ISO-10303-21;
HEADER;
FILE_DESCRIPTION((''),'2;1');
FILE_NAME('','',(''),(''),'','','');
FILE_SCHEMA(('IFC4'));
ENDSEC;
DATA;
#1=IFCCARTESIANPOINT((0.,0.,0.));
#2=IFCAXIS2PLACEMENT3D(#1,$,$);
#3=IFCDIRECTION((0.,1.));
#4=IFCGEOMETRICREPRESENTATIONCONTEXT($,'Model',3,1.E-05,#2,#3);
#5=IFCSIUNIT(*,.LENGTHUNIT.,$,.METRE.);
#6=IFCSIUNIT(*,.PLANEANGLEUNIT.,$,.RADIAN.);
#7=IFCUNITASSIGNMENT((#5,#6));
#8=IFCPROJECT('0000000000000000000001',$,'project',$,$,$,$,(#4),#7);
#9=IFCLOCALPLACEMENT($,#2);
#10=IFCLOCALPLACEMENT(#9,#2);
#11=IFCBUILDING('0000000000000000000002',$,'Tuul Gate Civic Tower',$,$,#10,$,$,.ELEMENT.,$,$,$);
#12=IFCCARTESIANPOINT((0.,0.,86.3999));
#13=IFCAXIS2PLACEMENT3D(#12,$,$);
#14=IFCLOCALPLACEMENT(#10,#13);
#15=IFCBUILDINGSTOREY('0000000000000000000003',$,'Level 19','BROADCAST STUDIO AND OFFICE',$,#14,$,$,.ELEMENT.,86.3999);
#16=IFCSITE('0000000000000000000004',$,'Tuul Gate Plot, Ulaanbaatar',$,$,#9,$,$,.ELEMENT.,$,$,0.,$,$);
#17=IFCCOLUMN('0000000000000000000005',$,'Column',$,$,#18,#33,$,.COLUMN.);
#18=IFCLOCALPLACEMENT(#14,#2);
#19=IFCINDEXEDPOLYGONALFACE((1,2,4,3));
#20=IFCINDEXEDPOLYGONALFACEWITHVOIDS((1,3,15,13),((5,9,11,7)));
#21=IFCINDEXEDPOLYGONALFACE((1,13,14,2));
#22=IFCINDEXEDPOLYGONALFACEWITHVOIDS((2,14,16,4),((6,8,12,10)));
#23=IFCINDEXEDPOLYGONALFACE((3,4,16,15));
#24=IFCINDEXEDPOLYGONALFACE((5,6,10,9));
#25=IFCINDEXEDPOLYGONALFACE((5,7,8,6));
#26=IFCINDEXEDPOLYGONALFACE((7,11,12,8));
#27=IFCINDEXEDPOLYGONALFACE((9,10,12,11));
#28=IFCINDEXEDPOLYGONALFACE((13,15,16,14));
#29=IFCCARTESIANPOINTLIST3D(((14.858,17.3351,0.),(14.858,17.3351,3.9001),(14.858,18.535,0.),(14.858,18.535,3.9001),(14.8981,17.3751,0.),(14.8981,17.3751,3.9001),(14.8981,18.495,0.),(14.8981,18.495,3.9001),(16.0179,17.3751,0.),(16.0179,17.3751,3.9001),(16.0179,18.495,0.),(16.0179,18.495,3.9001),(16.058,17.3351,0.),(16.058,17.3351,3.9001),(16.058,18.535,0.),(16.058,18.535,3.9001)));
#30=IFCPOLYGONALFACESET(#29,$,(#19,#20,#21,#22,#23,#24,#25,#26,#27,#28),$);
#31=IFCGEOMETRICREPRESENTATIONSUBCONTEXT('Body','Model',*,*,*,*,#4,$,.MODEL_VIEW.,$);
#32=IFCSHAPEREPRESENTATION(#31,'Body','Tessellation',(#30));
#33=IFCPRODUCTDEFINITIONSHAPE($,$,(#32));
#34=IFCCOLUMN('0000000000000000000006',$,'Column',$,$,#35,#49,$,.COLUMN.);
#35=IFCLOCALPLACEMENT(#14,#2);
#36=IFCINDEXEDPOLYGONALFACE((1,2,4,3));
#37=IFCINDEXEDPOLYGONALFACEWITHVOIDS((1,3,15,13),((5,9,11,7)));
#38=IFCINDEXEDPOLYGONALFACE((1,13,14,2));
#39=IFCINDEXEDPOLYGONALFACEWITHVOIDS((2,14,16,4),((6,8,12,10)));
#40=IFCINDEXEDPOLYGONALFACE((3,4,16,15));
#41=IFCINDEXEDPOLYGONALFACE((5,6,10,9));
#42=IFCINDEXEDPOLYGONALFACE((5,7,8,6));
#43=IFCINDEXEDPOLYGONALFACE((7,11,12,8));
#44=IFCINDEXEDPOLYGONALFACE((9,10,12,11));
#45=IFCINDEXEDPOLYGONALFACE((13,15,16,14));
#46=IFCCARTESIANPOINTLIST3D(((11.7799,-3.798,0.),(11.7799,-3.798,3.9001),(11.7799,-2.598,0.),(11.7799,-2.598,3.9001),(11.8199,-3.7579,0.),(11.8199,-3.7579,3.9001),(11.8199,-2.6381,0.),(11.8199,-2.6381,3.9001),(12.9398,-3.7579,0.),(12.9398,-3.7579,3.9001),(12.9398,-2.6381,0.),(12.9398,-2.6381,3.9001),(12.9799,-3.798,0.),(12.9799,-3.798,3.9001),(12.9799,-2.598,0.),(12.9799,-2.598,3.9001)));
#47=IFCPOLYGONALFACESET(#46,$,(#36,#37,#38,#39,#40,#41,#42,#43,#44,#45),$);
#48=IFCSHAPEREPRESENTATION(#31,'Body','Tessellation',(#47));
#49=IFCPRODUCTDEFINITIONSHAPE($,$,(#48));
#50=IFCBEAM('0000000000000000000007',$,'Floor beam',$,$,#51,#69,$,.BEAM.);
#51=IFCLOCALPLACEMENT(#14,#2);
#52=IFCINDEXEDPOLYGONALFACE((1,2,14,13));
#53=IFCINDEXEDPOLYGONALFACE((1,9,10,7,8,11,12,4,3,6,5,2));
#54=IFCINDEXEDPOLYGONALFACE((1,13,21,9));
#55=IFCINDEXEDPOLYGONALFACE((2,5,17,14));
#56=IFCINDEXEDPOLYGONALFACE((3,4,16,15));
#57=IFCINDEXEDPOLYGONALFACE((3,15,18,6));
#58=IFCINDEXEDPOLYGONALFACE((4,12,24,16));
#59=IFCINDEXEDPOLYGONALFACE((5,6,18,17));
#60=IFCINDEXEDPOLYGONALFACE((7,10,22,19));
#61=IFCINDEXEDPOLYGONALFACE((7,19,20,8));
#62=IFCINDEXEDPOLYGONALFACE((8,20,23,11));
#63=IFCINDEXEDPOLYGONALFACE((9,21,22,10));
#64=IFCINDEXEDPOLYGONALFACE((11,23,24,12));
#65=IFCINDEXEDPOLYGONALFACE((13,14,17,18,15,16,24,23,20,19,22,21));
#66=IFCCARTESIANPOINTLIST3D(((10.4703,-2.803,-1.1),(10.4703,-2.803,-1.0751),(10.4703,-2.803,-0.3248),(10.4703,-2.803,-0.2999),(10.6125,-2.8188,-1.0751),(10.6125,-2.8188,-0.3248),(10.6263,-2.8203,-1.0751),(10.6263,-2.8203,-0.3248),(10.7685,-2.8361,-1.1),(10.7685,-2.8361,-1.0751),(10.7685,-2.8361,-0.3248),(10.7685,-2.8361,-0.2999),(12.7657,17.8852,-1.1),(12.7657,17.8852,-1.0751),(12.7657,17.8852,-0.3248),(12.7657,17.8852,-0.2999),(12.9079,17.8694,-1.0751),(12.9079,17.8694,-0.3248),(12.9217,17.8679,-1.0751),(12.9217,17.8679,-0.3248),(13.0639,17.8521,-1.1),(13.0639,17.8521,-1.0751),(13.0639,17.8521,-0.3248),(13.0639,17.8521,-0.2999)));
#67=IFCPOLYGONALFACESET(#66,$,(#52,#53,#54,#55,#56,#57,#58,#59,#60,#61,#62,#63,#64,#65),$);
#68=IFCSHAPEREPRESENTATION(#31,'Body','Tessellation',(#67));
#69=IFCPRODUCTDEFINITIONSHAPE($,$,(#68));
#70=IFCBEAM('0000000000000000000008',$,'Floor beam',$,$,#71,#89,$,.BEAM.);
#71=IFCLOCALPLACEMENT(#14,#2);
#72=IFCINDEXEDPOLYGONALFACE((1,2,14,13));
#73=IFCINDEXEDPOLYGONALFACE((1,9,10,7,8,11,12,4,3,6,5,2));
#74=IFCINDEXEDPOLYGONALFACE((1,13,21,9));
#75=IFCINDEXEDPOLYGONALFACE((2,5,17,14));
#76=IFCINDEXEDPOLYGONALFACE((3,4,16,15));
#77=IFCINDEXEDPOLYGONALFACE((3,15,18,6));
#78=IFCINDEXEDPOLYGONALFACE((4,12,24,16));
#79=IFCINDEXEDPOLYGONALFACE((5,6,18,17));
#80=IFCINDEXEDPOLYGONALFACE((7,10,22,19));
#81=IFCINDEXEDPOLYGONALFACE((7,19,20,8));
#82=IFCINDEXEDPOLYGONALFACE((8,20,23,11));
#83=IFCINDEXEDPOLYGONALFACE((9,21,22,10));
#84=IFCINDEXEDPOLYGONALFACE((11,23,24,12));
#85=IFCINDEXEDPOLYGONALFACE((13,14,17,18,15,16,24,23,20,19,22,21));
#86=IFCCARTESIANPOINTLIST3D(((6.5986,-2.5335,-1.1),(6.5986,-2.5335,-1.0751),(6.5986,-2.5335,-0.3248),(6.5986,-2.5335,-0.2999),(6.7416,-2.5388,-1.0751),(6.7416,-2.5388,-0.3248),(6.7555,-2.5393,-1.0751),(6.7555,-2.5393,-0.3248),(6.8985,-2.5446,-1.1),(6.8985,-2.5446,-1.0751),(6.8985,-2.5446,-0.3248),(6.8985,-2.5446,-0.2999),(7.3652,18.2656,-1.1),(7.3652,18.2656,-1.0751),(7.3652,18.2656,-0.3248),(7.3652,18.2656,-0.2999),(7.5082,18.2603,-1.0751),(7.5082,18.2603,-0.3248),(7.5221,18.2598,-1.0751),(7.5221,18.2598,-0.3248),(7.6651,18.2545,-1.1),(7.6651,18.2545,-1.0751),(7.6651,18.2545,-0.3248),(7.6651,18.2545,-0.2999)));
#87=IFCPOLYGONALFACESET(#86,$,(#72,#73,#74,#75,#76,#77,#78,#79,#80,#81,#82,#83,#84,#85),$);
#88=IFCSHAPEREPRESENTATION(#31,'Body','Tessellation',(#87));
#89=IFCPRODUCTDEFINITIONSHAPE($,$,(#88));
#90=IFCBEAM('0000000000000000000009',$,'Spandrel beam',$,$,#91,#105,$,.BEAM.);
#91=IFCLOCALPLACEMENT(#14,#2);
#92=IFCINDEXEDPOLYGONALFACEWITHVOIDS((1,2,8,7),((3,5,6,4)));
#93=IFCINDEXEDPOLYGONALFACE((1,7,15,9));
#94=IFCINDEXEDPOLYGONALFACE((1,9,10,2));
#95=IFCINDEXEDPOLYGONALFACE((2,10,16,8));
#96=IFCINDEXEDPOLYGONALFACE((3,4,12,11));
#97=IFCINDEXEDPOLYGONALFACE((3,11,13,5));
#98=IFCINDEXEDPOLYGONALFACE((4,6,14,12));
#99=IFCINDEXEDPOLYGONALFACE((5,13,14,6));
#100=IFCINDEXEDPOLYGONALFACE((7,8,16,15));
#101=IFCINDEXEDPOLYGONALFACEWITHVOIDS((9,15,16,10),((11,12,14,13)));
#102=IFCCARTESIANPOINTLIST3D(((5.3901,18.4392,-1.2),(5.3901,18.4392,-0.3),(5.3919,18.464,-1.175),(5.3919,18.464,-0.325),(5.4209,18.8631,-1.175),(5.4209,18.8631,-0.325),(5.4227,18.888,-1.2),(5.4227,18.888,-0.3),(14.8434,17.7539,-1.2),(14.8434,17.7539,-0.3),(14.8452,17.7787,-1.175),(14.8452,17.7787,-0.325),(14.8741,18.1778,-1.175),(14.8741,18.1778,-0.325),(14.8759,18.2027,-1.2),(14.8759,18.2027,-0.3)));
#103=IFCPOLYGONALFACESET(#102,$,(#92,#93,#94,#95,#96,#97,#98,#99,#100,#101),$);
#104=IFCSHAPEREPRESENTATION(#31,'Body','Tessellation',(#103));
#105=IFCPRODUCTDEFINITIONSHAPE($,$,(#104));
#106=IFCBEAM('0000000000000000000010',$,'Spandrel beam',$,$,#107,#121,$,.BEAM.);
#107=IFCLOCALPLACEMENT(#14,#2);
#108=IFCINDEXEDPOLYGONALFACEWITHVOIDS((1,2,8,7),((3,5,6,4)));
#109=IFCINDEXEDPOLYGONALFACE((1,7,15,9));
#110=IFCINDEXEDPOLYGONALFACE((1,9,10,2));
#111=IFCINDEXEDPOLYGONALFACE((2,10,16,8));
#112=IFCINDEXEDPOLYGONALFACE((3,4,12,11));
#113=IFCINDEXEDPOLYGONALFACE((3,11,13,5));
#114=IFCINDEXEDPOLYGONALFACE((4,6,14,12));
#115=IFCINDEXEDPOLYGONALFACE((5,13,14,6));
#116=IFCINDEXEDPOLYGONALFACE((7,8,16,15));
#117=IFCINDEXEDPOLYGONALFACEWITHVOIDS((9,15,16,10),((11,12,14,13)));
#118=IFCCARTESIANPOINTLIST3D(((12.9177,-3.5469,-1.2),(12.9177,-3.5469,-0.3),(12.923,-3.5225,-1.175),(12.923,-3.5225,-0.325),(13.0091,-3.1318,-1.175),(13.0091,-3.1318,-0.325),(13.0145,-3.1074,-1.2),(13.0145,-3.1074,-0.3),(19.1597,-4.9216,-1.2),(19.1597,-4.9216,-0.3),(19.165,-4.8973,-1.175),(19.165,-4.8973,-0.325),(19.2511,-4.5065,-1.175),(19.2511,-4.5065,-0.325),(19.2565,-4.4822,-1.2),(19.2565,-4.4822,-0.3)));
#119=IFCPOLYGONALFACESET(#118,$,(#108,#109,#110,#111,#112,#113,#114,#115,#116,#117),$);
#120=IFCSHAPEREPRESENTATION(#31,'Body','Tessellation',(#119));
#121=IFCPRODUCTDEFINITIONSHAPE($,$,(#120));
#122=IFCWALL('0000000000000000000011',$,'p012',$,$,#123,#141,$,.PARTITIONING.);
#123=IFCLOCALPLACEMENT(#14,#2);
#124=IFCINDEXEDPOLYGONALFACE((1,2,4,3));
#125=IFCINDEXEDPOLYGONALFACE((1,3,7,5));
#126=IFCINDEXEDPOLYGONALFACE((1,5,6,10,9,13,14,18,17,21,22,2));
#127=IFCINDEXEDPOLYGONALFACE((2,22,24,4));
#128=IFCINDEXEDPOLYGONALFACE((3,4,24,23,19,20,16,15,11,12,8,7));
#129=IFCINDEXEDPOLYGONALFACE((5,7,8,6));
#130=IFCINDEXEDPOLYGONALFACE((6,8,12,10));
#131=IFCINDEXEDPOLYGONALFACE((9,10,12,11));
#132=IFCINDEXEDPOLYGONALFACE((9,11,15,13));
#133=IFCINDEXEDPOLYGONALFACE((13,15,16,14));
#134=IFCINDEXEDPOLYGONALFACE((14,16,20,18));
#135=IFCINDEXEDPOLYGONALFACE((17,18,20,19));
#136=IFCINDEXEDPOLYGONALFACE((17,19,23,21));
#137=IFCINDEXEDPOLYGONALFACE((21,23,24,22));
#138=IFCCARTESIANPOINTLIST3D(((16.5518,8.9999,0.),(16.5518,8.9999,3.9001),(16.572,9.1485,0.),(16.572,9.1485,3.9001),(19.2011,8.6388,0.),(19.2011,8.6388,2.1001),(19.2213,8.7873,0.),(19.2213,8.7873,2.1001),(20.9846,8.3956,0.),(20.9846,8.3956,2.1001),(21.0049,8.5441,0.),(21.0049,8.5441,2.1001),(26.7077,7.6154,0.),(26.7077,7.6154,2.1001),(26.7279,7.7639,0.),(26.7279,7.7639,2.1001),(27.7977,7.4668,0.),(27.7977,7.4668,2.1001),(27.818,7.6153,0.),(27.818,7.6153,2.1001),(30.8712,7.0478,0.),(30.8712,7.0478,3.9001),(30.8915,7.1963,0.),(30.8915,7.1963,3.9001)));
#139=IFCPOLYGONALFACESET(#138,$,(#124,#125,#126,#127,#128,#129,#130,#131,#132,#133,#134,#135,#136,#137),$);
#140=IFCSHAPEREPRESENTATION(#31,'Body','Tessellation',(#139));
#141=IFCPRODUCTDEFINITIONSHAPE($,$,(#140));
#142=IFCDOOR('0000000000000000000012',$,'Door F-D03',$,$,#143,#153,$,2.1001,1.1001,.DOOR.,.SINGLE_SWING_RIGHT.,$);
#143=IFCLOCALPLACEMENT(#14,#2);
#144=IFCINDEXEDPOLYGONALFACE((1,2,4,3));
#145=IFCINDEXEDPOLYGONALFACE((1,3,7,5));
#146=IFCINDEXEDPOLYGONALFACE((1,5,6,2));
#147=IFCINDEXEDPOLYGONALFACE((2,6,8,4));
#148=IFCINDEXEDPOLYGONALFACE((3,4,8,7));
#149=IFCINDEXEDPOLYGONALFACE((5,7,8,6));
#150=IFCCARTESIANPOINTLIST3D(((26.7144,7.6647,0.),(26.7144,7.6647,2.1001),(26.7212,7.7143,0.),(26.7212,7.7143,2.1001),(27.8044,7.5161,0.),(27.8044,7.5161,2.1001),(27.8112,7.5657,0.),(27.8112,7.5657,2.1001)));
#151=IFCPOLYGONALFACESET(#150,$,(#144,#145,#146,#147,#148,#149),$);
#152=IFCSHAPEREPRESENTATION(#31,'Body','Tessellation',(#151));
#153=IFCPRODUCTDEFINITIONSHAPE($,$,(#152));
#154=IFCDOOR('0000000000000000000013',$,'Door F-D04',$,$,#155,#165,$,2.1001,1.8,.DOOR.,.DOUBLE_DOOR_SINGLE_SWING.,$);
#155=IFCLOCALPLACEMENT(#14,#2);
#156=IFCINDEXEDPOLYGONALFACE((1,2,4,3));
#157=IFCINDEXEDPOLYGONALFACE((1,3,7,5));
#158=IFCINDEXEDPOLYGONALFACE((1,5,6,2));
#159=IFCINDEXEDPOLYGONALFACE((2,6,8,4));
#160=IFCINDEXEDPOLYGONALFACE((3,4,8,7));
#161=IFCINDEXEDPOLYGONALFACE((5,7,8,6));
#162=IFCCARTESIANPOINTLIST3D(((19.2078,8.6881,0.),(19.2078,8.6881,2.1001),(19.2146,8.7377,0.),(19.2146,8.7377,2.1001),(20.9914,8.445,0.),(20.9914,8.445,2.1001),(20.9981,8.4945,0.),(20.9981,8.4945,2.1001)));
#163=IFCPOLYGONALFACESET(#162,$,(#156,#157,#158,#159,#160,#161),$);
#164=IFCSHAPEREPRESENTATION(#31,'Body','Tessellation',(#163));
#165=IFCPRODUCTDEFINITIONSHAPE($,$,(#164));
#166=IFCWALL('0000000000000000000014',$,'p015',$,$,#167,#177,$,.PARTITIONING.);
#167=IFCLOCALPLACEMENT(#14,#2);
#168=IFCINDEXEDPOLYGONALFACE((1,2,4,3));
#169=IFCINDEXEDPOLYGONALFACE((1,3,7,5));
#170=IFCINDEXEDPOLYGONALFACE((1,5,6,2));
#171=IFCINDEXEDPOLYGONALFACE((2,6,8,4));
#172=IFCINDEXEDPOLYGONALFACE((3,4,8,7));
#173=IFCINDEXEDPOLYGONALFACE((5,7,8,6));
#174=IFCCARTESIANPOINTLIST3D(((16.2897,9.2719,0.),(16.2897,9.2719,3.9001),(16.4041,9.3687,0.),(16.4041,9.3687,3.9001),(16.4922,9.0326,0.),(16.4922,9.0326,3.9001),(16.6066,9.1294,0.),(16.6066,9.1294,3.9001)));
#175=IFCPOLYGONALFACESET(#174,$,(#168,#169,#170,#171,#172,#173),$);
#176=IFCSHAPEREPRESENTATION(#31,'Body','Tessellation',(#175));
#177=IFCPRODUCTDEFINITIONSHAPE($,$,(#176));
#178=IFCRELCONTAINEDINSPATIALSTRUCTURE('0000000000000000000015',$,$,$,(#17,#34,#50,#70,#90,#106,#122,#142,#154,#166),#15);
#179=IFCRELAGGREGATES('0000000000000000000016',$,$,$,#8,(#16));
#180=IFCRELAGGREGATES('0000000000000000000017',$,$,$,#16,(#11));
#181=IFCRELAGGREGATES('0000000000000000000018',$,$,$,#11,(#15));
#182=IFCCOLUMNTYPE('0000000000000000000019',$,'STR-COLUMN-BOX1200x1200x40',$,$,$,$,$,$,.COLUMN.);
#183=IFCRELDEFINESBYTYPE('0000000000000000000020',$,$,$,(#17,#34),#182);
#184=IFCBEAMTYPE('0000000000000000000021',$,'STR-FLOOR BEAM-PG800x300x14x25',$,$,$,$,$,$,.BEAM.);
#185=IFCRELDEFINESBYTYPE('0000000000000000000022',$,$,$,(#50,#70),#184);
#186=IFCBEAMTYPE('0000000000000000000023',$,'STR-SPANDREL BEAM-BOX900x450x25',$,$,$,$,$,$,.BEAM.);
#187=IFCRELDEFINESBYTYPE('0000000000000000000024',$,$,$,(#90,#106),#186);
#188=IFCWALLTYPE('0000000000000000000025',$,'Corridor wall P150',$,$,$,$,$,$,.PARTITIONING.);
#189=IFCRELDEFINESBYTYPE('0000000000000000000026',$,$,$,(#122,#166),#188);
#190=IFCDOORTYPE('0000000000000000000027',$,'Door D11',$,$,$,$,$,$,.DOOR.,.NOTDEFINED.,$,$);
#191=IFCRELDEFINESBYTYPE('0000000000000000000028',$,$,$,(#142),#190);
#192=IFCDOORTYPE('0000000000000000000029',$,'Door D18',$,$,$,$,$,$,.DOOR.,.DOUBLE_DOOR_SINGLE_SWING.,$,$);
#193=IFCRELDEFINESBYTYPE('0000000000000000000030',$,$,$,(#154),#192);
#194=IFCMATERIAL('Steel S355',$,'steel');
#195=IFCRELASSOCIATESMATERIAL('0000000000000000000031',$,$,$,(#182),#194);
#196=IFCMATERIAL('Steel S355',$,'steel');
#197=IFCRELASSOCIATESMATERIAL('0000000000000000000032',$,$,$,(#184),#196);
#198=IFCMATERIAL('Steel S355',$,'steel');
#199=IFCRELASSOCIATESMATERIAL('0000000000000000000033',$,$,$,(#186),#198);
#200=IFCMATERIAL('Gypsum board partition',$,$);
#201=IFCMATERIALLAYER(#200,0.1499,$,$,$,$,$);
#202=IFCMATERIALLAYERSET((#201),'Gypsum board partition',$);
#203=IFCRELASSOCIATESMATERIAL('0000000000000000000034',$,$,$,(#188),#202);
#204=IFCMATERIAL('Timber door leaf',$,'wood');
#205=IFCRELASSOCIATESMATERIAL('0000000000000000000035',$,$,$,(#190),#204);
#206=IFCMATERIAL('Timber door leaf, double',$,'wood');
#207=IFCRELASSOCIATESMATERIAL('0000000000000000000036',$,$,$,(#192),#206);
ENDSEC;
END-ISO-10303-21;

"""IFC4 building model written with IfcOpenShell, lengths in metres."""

from ifc_helpers import new_model, si_unit, direction, frame, frame_2d, origin, origin_2d, place, context, subcontext, project, spatial, rectangle, hollow_rectangle, i_section, extrude, material, layer, layer_set, material_profile, profile_set, type_object, element, fill, save


model = new_model("IFC4")

# Units and contexts
model_context = context("Model", 3, precision=1e-05, world=origin(), true_north=direction((0.0, 1.0)))
body_context = subcontext(model_context, "Body", "Model", "MODEL_VIEW")
ifc_project = project(units=[si_unit("LENGTHUNIT", "METRE"), si_unit("PLANEANGLEUNIT", "RADIAN")], contexts=[model_context])

# Site, building, storey
site_placement = place(None, origin())
site = spatial("IfcSite", under=ifc_project, at=site_placement, Name="Tuul Gate Plot, Ulaanbaatar", CompositionType="ELEMENT", RefElevation=0.0)
building_placement = place(site_placement, origin())
building = spatial("IfcBuilding", under=site, at=building_placement, Name="Tuul Gate Civic Tower", CompositionType="ELEMENT")
storey_placement = place(building_placement, frame((0.0, 0.0, 86.3999)))
storey = spatial("IfcBuildingStorey", under=building, at=storey_placement, Name="Level 19", Description="BROADCAST STUDIO AND OFFICE", CompositionType="ELEMENT", Elevation=86.3999)

# Columns
ifc_material_1 = material(Name="Steel S355", Category="steel")
ifc_material_profile_1 = material_profile(ifc_material_1, hollow_rectangle(XDim=1.2, YDim=1.2, WallThickness=0.04, at=origin_2d()), Name="BOX1200x1200x40")
ifc_profile_set_1 = profile_set([ifc_material_profile_1], Name="Steel S355")
column_type = type_object("IfcColumnType", Name="STR-COLUMN-BOX1200x1200x40", PredefinedType="COLUMN", material=ifc_profile_set_1)
for number, where, z_axis, x_axis, name in (
    (1, (15.458, 17.9351, 0.0), (0.0, 0.0, 1.0), (1.0, 0.0, 0.0), "Column"),
    (2, (12.3799, -3.198, 0.0), (0.0, 0.0, 1.0), (1.0, 0.0, 0.0), "Column"),
):
    element("IfcColumn", number, at=place(storey_placement, frame(where, z_axis=z_axis, x_axis=x_axis)), inside=storey, type_object=column_type, Name=name, PredefinedType="COLUMN", context=body_context, shape_type="SweptSolid", body=[
        extrude(hollow_rectangle(XDim=1.2, YDim=1.2, WallThickness=0.04, at=origin_2d()), origin(), (0.0, 0.0, 1.0), 3.9001),
    ])

# Beams
ifc_material_2 = material(Name="Steel S355", Category="steel")
ifc_material_profile_2 = material_profile(ifc_material_2, i_section(OverallWidth=0.3, OverallDepth=0.8, WebThickness=0.0139, FlangeThickness=0.0249, at=origin_2d()), Name="PG800x300x14x25")
ifc_profile_set_2 = profile_set([ifc_material_profile_2], Name="Steel S355")
beam_type_1 = type_object("IfcBeamType", Name="STR-FLOOR BEAM-PG800x300x14x25", PredefinedType="BEAM", material=ifc_profile_set_2)
beam_1_placement = place(storey_placement, frame((10.6194, -2.8196, -0.7), z_axis=(0.110276, 0.993901, 0.0), x_axis=(-0.993901, 0.110276, 0.0)))
element("IfcBeam", 3, at=beam_1_placement, inside=storey, type_object=beam_type_1, Name="Floor beam", PredefinedType="BEAM", context=body_context, shape_type="SweptSolid", body=[
    extrude(i_section(OverallWidth=0.3, OverallDepth=0.8, WebThickness=0.0139, FlangeThickness=0.0249, at=origin_2d()), origin(), (0.0, 0.0, 1.0), 20.8152),
])
beam_2_placement = place(storey_placement, frame((6.7485, -2.5391, -0.7), z_axis=(0.036832, 0.999321, 0.0), x_axis=(-0.999321, 0.036832, 0.0)))
element("IfcBeam", 4, at=beam_2_placement, inside=storey, type_object=beam_type_1, Name="Floor beam", PredefinedType="BEAM", context=body_context, shape_type="SweptSolid", body=[
    extrude(i_section(OverallWidth=0.3, OverallDepth=0.8, WebThickness=0.0139, FlangeThickness=0.0249, at=origin_2d()), origin(), (0.0, 0.0, 1.0), 20.8132),
])
ifc_material_3 = material(Name="Steel S355", Category="steel")
ifc_material_profile_3 = material_profile(ifc_material_3, hollow_rectangle(XDim=0.45, YDim=0.8999, WallThickness=0.0249, at=origin_2d()), Name="BOX900x450x25")
ifc_profile_set_3 = profile_set([ifc_material_profile_3], Name="Steel S355")
beam_type_2 = type_object("IfcBeamType", Name="STR-SPANDREL BEAM-BOX900x450x25", PredefinedType="BEAM", material=ifc_profile_set_3)
beam_3_placement = place(storey_placement, frame((14.8596, 17.9783, -0.75), z_axis=(-0.997383, 0.072305, 0.0), x_axis=(-0.072305, -0.997383, 0.0)))
element("IfcBeam", 5, at=beam_3_placement, inside=storey, type_object=beam_type_2, Name="Spandrel beam", PredefinedType="BEAM", context=body_context, shape_type="SweptSolid", body=[
    extrude(hollow_rectangle(XDim=0.45, YDim=0.8999, WallThickness=0.0249, at=origin_2d()), origin(), (0.0, 0.0, 1.0), 9.478),
])
beam_4_placement = place(storey_placement, frame((12.9661, -3.3271, -0.75), z_axis=(0.976594, -0.21509, 0.0), x_axis=(0.21509, 0.976594, 0.0)))
element("IfcBeam", 6, at=beam_4_placement, inside=storey, type_object=beam_type_2, Name="Spandrel beam", PredefinedType="BEAM", context=body_context, shape_type="SweptSolid", body=[
    extrude(hollow_rectangle(XDim=0.45, YDim=0.8999, WallThickness=0.0249, at=origin_2d()), origin(), (0.0, 0.0, 1.0), 6.3916),
])

# Wall, openings, doors
ifc_material_4 = material(Name="Gypsum board partition")
ifc_layer_1 = layer(ifc_material_4, 0.1499)
ifc_layer_set_1 = layer_set([ifc_layer_1], Name="Gypsum board partition")
wall_type_1 = type_object("IfcWallType", Name="Corridor wall P150", PredefinedType="PARTITIONING", material=ifc_layer_set_1)
wall_1_placement = place(storey_placement, frame((16.5618, 9.0742, 0.0), z_axis=(0.0, 0.0, 1.0), x_axis=(0.990835, -0.13508, 0.0)))
wall_1 = element("IfcWall", 7, at=wall_1_placement, inside=storey, type_object=wall_type_1, Name="p012", PredefinedType="PARTITIONING", context=body_context, shape_type="SweptSolid", body=[
    extrude(rectangle(XDim=14.4519, YDim=0.1499, at=frame_2d((7.2261, 0.0))), origin(), (0.0, 0.0, 1.0), 3.9001),
])
opening_1_placement = place(wall_1_placement, frame((10.25, 0.0, 0.0)))
opening_1 = element("IfcOpeningElement", 8, at=opening_1_placement, cuts=wall_1, PredefinedType="OPENING", context=body_context, shape_type="SweptSolid", body=[
    extrude(rectangle(XDim=1.1001, YDim=2.1001, at=frame_2d((0.55, 1.05))), frame((0.0, 0.085, 0.0), z_axis=(0.0, -1.0, 0.0), x_axis=(1.0, 0.0, 0.0)), (0.0, 0.0, 1.0), 0.1699),
])
opening_2_placement = place(wall_1_placement, frame((2.6741, 0.0, 0.0)))
opening_2 = element("IfcOpeningElement", 9, at=opening_2_placement, cuts=wall_1, PredefinedType="OPENING", context=body_context, shape_type="SweptSolid", body=[
    extrude(rectangle(XDim=1.8, YDim=2.1001, at=frame_2d((0.8999, 1.05))), frame((0.0, 0.085, 0.0), z_axis=(0.0, -1.0, 0.0), x_axis=(1.0, 0.0, 0.0)), (0.0, 0.0, 1.0), 0.1699),
])
ifc_material_5 = material(Name="Timber door leaf", Category="wood")
door_type_1 = type_object("IfcDoorType", Name="Door D11", OperationType="NOTDEFINED", PredefinedType="DOOR", material=ifc_material_5)
door_1_placement = place(opening_1_placement, origin())
door_1 = element("IfcDoor", 10, at=door_1_placement, inside=storey, type_object=door_type_1, Name="Door F-D03", OperationType="SINGLE_SWING_RIGHT", OverallHeight=2.1001, OverallWidth=1.1001, PredefinedType="DOOR", context=body_context, shape_type="SweptSolid", body=[
    extrude(rectangle(XDim=1.1001, YDim=2.1001, at=frame_2d((0.55, 1.05))), frame((0.0, 0.0249, 0.0), z_axis=(0.0, -1.0, 0.0), x_axis=(1.0, 0.0, 0.0)), (0.0, 0.0, 1.0), 0.05),
])
fill(opening_1, door_1)
ifc_material_6 = material(Name="Timber door leaf, double", Category="wood")
door_type_2 = type_object("IfcDoorType", Name="Door D18", OperationType="DOUBLE_DOOR_SINGLE_SWING", PredefinedType="DOOR", material=ifc_material_6)
door_2_placement = place(opening_2_placement, origin())
door_2 = element("IfcDoor", 11, at=door_2_placement, inside=storey, type_object=door_type_2, Name="Door F-D04", OperationType="DOUBLE_DOOR_SINGLE_SWING", OverallHeight=2.1001, OverallWidth=1.8, PredefinedType="DOOR", context=body_context, shape_type="SweptSolid", body=[
    extrude(rectangle(XDim=1.8, YDim=2.1001, at=frame_2d((0.8999, 1.05))), frame((0.0, 0.0249, 0.0), z_axis=(0.0, -1.0, 0.0), x_axis=(1.0, 0.0, 0.0)), (0.0, 0.0, 1.0), 0.05),
])
fill(opening_2, door_2)

# Wall
wall_2_placement = place(storey_placement, frame((16.3469, 9.3203, 0.0), z_axis=(0.0, 0.0, 1.0), x_axis=(0.645837, -0.763475, 0.0)))
element("IfcWall", 12, at=wall_2_placement, inside=storey, type_object=wall_type_1, Name="p015", PredefinedType="PARTITIONING", context=body_context, shape_type="SweptSolid", body=[
    extrude(rectangle(XDim=0.3135, YDim=0.1499, at=frame_2d((0.1567, 0.0))), origin(), (0.0, 0.0, 1.0), 3.9001),
])

save(model, "model.ifc")
